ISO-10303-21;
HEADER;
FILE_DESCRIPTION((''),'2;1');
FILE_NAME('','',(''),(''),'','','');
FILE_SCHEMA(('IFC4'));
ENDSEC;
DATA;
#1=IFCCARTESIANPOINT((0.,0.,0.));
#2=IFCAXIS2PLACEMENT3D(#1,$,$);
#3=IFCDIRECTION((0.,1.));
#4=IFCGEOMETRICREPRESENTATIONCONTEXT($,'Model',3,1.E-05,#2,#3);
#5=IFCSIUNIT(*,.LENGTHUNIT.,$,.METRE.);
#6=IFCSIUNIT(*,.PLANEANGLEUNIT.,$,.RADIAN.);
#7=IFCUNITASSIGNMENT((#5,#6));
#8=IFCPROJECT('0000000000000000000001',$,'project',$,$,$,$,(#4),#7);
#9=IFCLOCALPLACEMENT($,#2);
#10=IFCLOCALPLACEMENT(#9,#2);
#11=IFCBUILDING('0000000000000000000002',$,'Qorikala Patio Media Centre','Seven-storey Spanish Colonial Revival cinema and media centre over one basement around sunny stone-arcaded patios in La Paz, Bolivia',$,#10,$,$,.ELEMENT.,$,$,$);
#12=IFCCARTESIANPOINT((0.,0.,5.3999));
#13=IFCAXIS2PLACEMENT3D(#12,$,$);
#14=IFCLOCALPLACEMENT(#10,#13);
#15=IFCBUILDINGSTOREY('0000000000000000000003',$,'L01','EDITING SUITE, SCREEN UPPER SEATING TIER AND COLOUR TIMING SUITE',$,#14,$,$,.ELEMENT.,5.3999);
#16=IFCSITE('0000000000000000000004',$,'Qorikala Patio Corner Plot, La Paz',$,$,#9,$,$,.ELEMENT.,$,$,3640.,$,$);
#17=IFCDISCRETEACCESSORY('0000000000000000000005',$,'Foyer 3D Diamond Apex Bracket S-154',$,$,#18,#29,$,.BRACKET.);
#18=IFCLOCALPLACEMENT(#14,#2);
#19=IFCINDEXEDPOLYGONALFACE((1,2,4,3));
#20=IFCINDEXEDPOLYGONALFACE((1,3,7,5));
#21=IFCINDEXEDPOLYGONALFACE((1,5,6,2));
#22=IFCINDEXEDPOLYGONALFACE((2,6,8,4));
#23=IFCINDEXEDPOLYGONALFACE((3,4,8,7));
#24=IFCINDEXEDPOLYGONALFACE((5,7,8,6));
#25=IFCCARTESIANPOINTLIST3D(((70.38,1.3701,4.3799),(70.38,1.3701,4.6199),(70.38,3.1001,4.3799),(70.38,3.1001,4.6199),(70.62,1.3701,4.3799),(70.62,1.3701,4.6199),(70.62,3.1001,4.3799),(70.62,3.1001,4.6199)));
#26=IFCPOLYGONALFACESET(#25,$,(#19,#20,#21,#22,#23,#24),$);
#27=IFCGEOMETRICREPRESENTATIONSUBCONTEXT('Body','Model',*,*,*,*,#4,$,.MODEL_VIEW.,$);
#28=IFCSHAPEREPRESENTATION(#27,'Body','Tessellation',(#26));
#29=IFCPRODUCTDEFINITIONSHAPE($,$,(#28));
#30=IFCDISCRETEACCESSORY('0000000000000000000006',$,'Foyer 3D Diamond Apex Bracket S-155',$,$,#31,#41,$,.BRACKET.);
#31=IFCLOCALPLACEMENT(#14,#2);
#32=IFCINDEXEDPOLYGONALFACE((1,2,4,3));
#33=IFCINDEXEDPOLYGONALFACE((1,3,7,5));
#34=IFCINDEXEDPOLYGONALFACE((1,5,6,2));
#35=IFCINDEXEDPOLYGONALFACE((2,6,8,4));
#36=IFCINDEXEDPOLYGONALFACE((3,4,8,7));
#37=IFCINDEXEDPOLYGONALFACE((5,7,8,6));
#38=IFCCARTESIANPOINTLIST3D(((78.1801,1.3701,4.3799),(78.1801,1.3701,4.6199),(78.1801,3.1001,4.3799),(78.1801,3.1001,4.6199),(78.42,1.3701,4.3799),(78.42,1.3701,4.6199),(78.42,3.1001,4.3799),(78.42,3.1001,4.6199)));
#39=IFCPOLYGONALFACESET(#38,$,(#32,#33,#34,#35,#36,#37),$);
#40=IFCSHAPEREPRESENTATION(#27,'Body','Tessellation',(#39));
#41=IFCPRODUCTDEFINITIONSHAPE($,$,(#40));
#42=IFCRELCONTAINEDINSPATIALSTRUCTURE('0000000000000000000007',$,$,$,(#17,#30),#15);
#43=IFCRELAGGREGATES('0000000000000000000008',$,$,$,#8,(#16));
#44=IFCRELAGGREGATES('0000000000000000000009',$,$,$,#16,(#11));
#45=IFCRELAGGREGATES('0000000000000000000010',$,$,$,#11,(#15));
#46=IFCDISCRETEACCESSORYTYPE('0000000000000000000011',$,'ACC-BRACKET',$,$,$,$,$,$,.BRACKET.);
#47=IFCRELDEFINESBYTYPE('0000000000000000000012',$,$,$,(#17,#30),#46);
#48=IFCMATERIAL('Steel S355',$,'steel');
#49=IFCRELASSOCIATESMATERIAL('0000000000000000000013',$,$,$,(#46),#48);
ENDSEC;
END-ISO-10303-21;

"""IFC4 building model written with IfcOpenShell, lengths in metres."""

from ifc_helpers import new_model, si_unit, direction, frame, origin, origin_2d, place, context, subcontext, project, spatial, rectangle, extrude, material, type_object, element, save


model = new_model("IFC4")

# Units and contexts
model_context = context("Model", 3, precision=1e-05, world=origin(), true_north=direction((0.0, 1.0)))
body_context = subcontext(model_context, "Body", "Model", "MODEL_VIEW")
ifc_project = project(units=[si_unit("LENGTHUNIT", "METRE"), si_unit("PLANEANGLEUNIT", "RADIAN")], contexts=[model_context])

# Site, building, storey
site_placement = place(None, origin())
site = spatial("IfcSite", under=ifc_project, at=site_placement, Name="Qorikala Patio Corner Plot, La Paz", CompositionType="ELEMENT", RefElevation=3640.0)
building_placement = place(site_placement, origin())
building = spatial("IfcBuilding", under=site, at=building_placement, Name="Qorikala Patio Media Centre", Description="Seven-storey Spanish Colonial Revival cinema and media centre over one basement around sunny stone-arcaded patios in La Paz, Bolivia", CompositionType="ELEMENT")
storey_placement = place(building_placement, frame((0.0, 0.0, 5.3999)))
storey = spatial("IfcBuildingStorey", under=building, at=storey_placement, Name="L01", Description="EDITING SUITE, SCREEN UPPER SEATING TIER AND COLOUR TIMING SUITE", CompositionType="ELEMENT", Elevation=5.3999)

# Shared definitions
ifc_material_1 = material(Name="Steel S355", Category="steel")

# Discrete accessories
discrete_accessory_type = type_object("IfcDiscreteAccessoryType", Name="ACC-BRACKET", PredefinedType="BRACKET", material=ifc_material_1)
for number, where, z_axis, x_axis, name in (
    (1, (70.5, 2.2351, 4.3799), (0.0, 0.0, 1.0), (1.0, 0.0, 0.0), "Foyer 3D Diamond Apex Bracket S-154"),
    (2, (78.3, 2.2351, 4.3799), (0.0, 0.0, 1.0), (1.0, 0.0, 0.0), "Foyer 3D Diamond Apex Bracket S-155"),
):
    element("IfcDiscreteAccessory", number, at=place(storey_placement, frame(where, z_axis=z_axis, x_axis=x_axis)), inside=storey, type_object=discrete_accessory_type, Name=name, PredefinedType="BRACKET", context=body_context, shape_type="SweptSolid", body=[
        extrude(rectangle(XDim=0.24, YDim=1.73, at=origin_2d()), origin(), (0.0, 0.0, 1.0), 0.24),
    ])

save(model, "model.ifc")
